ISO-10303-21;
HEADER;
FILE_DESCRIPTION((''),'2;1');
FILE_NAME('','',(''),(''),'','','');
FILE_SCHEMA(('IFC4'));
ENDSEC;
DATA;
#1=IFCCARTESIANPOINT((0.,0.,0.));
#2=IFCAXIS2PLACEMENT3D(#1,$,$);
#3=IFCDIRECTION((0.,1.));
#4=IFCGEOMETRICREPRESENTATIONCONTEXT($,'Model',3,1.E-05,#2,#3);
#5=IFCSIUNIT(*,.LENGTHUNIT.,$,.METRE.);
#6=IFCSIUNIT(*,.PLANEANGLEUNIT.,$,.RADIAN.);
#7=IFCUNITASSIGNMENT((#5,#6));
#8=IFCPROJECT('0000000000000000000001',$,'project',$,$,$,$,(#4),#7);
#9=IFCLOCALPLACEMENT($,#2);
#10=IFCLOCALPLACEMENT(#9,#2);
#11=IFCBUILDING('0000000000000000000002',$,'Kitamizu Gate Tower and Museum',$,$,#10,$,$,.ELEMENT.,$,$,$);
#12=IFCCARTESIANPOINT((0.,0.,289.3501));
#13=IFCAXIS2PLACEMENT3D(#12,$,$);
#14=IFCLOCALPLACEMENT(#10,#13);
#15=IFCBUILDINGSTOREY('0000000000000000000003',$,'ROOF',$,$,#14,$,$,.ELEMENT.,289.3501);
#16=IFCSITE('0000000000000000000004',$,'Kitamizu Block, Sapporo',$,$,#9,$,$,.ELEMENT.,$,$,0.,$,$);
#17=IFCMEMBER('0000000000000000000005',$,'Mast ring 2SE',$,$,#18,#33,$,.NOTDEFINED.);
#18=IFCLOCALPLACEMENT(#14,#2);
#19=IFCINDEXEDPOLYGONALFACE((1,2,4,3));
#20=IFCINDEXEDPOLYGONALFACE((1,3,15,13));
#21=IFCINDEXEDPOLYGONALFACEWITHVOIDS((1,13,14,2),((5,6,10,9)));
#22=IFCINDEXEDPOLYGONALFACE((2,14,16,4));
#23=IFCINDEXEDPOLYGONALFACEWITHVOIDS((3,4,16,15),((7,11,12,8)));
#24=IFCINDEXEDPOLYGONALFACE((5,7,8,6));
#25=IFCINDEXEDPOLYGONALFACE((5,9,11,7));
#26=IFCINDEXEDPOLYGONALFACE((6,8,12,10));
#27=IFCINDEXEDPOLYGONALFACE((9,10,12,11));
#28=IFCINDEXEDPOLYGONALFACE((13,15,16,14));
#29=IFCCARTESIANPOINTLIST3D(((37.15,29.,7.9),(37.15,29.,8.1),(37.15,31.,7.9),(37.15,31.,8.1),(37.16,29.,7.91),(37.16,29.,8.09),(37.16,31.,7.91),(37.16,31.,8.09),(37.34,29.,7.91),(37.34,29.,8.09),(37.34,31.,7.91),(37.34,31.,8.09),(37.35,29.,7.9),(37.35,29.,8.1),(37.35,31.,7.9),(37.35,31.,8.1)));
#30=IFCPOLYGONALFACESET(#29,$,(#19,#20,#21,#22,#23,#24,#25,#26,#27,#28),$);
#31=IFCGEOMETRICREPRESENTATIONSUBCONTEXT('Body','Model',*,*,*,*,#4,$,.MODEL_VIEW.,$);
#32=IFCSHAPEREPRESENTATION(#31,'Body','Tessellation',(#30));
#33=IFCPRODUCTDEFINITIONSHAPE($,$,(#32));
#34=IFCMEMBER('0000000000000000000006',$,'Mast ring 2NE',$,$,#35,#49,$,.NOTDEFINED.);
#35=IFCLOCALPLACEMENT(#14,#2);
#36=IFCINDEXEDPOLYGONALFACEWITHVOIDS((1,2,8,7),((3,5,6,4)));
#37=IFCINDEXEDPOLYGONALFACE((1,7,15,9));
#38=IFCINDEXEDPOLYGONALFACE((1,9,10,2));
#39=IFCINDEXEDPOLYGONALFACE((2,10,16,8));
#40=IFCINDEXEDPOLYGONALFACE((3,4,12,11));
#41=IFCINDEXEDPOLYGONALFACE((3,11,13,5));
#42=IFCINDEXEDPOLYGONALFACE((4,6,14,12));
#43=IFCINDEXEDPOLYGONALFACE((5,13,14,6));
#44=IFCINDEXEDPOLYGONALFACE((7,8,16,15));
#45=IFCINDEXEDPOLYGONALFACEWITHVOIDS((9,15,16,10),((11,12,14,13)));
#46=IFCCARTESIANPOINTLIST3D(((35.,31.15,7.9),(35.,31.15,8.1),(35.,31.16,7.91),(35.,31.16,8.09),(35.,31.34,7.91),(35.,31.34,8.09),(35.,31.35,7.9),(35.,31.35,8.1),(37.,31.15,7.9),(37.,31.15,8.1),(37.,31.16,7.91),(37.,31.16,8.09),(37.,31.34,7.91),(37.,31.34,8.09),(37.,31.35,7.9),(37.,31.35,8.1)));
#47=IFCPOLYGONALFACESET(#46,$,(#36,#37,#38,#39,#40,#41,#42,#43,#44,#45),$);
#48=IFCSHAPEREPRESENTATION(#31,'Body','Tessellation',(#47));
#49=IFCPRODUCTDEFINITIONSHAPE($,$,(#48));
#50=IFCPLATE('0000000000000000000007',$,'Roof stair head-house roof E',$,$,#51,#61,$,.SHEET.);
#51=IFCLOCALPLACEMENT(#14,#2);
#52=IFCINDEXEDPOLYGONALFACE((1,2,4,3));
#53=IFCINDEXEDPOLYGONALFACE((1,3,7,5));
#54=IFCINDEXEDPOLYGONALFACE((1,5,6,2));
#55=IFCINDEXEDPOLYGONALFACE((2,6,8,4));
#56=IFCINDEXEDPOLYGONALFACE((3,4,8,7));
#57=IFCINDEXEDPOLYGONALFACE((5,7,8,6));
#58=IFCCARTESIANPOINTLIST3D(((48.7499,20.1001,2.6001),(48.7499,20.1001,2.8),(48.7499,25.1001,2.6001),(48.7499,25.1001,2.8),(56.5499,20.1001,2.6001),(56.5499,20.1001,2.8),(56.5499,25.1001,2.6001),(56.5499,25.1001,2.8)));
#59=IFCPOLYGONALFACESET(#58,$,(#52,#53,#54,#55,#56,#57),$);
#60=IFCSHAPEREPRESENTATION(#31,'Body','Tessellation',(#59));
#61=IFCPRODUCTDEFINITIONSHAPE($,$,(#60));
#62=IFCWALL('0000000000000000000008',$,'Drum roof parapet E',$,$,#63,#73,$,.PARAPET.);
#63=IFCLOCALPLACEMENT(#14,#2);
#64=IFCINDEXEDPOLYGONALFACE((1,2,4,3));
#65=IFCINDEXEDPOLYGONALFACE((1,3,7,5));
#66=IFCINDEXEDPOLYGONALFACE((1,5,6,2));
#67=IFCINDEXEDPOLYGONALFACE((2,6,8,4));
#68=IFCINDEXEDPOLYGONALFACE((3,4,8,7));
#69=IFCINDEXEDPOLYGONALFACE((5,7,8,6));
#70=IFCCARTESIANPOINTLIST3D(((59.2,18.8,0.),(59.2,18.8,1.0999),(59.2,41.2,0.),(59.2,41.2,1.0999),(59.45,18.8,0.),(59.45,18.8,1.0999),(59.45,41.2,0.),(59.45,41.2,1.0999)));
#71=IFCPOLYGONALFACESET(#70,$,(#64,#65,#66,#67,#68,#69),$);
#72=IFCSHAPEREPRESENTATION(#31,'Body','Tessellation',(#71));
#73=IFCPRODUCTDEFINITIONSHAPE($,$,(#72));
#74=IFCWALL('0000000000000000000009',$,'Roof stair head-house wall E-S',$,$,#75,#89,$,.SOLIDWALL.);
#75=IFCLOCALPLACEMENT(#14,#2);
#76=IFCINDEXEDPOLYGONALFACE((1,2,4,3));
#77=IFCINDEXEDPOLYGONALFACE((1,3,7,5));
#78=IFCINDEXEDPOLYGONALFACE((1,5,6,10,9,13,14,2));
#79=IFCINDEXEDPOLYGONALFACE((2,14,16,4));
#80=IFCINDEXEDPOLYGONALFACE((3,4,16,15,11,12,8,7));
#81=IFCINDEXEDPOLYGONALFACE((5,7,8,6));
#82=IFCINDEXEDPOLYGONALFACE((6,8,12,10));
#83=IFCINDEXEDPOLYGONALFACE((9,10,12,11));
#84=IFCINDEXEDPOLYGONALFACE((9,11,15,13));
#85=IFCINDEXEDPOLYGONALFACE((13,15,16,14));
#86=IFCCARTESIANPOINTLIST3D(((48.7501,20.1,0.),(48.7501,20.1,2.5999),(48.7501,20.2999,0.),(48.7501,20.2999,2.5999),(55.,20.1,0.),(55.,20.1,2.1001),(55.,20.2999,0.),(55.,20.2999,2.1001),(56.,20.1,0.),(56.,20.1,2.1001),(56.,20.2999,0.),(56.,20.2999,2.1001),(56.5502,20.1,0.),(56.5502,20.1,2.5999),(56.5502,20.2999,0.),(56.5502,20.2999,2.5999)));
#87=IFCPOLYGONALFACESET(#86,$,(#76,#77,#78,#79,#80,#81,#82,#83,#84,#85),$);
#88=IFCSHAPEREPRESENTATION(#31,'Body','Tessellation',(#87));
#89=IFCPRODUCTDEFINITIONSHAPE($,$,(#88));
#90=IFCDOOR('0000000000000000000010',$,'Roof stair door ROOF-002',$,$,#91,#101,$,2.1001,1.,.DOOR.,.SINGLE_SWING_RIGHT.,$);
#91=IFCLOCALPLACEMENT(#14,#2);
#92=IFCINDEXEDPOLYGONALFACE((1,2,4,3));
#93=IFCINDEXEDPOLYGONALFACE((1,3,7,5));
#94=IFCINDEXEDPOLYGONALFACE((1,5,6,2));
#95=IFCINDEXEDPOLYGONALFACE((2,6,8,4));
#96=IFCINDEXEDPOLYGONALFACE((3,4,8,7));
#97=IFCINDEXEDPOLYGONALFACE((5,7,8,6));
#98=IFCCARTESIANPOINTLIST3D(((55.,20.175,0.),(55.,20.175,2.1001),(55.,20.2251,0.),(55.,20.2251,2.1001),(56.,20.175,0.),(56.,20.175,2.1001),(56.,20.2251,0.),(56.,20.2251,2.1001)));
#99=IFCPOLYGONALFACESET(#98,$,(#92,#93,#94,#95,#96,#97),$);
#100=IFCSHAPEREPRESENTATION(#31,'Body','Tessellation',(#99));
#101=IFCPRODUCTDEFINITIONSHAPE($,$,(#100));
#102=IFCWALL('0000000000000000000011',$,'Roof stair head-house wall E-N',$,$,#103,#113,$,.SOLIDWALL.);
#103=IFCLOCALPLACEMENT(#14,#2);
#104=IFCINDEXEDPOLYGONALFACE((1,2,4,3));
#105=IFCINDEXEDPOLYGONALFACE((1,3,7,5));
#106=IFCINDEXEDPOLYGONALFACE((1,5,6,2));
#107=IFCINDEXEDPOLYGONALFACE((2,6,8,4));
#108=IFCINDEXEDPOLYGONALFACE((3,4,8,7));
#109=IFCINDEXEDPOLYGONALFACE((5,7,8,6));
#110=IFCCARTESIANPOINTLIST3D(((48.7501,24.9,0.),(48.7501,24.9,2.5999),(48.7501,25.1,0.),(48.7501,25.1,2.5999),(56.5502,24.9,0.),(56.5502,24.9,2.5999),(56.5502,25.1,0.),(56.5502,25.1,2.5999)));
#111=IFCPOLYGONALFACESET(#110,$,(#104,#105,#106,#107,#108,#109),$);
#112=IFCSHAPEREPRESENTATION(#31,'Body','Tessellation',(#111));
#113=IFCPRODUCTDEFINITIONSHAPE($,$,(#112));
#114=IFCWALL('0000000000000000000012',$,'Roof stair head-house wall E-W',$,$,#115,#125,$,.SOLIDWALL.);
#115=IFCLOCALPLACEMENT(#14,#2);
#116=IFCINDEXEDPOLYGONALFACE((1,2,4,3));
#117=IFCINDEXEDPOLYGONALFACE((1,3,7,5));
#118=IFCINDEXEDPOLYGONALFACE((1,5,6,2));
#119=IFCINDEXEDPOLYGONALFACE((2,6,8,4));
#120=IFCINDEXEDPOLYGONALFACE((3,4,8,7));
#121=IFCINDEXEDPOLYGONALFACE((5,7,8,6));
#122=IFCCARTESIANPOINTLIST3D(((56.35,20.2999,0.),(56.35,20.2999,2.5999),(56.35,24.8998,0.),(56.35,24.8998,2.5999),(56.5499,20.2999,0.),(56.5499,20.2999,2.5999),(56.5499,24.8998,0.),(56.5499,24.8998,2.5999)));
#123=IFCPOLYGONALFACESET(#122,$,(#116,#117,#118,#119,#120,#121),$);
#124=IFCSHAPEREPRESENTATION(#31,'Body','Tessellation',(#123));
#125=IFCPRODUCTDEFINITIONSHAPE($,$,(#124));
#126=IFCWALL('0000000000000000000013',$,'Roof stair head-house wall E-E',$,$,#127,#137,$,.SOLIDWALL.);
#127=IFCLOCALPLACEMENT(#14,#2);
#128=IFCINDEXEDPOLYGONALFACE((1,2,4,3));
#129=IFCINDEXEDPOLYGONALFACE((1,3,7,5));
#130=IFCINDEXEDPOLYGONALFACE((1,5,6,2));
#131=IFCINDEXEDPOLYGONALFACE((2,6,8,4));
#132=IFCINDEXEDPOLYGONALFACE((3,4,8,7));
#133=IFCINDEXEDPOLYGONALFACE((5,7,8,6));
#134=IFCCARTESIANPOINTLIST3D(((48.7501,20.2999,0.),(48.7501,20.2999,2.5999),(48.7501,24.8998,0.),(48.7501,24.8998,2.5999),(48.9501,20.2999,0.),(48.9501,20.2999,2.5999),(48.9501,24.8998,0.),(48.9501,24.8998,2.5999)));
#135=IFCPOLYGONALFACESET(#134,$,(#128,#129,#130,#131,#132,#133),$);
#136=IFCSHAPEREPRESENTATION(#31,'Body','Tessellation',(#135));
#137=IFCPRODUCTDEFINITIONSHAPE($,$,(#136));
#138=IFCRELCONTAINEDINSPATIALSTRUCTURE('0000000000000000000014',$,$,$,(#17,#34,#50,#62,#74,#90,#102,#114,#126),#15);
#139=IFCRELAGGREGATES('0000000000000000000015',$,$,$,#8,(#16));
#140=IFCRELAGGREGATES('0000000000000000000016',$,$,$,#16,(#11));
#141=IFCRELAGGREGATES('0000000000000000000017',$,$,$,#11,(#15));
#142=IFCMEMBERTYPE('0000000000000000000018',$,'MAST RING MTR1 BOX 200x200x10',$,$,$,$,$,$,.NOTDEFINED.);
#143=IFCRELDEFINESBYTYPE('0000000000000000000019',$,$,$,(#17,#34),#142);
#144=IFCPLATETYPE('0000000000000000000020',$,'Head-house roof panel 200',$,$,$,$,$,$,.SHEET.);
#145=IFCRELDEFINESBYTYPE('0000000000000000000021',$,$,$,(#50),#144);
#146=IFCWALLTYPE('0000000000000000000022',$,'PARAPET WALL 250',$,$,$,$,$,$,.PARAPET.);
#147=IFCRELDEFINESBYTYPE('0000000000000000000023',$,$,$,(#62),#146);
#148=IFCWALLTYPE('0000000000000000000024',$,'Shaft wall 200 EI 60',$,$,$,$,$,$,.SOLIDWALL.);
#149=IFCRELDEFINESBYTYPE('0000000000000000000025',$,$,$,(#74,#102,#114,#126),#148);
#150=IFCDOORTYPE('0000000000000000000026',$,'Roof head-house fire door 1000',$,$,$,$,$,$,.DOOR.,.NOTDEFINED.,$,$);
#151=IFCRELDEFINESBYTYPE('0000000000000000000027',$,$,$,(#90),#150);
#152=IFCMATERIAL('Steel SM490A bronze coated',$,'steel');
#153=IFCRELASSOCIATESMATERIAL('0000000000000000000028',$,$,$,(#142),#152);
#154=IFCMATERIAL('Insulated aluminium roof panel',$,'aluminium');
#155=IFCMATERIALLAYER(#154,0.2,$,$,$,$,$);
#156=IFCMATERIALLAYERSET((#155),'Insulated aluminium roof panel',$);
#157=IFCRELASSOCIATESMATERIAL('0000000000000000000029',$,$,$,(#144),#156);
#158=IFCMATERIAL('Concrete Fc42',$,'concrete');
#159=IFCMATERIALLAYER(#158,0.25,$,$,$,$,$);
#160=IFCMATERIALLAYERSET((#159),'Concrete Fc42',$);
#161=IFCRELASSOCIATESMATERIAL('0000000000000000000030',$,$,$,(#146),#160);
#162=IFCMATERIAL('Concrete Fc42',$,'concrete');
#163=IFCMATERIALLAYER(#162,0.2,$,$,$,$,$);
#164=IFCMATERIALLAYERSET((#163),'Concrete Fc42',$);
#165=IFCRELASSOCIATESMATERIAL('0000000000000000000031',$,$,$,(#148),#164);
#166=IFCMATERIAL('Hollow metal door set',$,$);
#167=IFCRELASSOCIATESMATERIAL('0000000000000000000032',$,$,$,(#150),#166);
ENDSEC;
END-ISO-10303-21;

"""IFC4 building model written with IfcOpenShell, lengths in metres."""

from ifc_helpers import new_model, si_unit, direction, frame, frame_2d, origin, origin_2d, place, context, subcontext, project, spatial, rectangle, hollow_rectangle, extrude, material, layer, layer_set, material_profile, profile_set, type_object, element, fill, save


model = new_model("IFC4")

# Units and contexts
model_context = context("Model", 3, precision=1e-05, world=origin(), true_north=direction((0.0, 1.0)))
body_context = subcontext(model_context, "Body", "Model", "MODEL_VIEW")
ifc_project = project(units=[si_unit("LENGTHUNIT", "METRE"), si_unit("PLANEANGLEUNIT", "RADIAN")], contexts=[model_context])

# Site, building, storey
site_placement = place(None, origin())
site = spatial("IfcSite", under=ifc_project, at=site_placement, Name="Kitamizu Block, Sapporo", CompositionType="ELEMENT", RefElevation=0.0)
building_placement = place(site_placement, origin())
building = spatial("IfcBuilding", under=site, at=building_placement, Name="Kitamizu Gate Tower and Museum", CompositionType="ELEMENT")
storey_placement = place(building_placement, frame((0.0, 0.0, 289.3501)))
storey = spatial("IfcBuildingStorey", under=building, at=storey_placement, Name="ROOF", CompositionType="ELEMENT", Elevation=289.3501)

# Members
ifc_material_1 = material(Name="Steel SM490A bronze coated", Category="steel")
ifc_material_profile_1 = material_profile(ifc_material_1, hollow_rectangle(XDim=0.2, YDim=0.2, WallThickness=0.01, at=origin_2d()), Name="BOX 200x200x10")
ifc_profile_set_1 = profile_set([ifc_material_profile_1], Name="Steel SM490A bronze coated")
member_type_1 = type_object("IfcMemberType", Name="MAST RING MTR1 BOX 200x200x10", PredefinedType="NOTDEFINED", material=ifc_profile_set_1)
for number, where, z_axis, x_axis, name in (
    (1, (37.25, 29.0, 8.0), (0.0, 1.0, 0.0), (-1.0, 0.0, 0.0), "Mast ring 2SE"),
    (2, (37.0, 31.25, 8.0), (-1.0, 0.0, 0.0), (0.0, -1.0, 0.0), "Mast ring 2NE"),
):
    element("IfcMember", number, at=place(storey_placement, frame(where, z_axis=z_axis, x_axis=x_axis)), inside=storey, type_object=member_type_1, Name=name, PredefinedType="NOTDEFINED", context=body_context, shape_type="SweptSolid", body=[
        extrude(hollow_rectangle(XDim=0.2, YDim=0.2, WallThickness=0.01, at=origin_2d()), origin(), (0.0, 0.0, 1.0), 2.0),
    ])

# Plate
ifc_material_2 = material(Name="Insulated aluminium roof panel", Category="aluminium")
ifc_layer_1 = layer(ifc_material_2, 0.2)
ifc_layer_set_1 = layer_set([ifc_layer_1], Name="Insulated aluminium roof panel")
plate_type = type_object("IfcPlateType", Name="Head-house roof panel 200", PredefinedType="SHEET", material=ifc_layer_set_1)
plate_placement = place(storey_placement, frame((52.6499, 22.6001, 2.6001), z_axis=(0.0, 0.0, 1.0), x_axis=(1.0, 0.0, 0.0)))
element("IfcPlate", 3, at=plate_placement, inside=storey, type_object=plate_type, Name="Roof stair head-house roof E", PredefinedType="SHEET", context=body_context, shape_type="SweptSolid", body=[
    extrude(rectangle(XDim=7.8, YDim=5.0, at=origin_2d()), origin(), (0.0, 0.0, 1.0), 0.2),
])

# Wall
ifc_material_3 = material(Name="Concrete Fc42", Category="concrete")
ifc_layer_2 = layer(ifc_material_3, 0.25)
ifc_layer_set_2 = layer_set([ifc_layer_2], Name="Concrete Fc42")
wall_type_1 = type_object("IfcWallType", Name="PARAPET WALL 250", PredefinedType="PARAPET", material=ifc_layer_set_2)
wall_1_placement = place(storey_placement, frame((59.325, 18.8, 0.0), z_axis=(0.0, 0.0, 1.0), x_axis=(0.0, 1.0, 0.0)))
element("IfcWall", 4, at=wall_1_placement, inside=storey, type_object=wall_type_1, Name="Drum roof parapet E", PredefinedType="PARAPET", context=body_context, shape_type="SweptSolid", body=[
    extrude(rectangle(XDim=22.3999, YDim=0.25, at=frame_2d((11.2, 0.0))), origin(), (0.0, 0.0, 1.0), 1.0999),
])

# Wall, opening, door
ifc_material_4 = material(Name="Concrete Fc42", Category="concrete")
ifc_layer_3 = layer(ifc_material_4, 0.2)
ifc_layer_set_3 = layer_set([ifc_layer_3], Name="Concrete Fc42")
wall_type_2 = type_object("IfcWallType", Name="Shaft wall 200 EI 60", PredefinedType="SOLIDWALL", material=ifc_layer_set_3)
wall_2_placement = place(storey_placement, frame((56.55, 20.2, 0.0), z_axis=(0.0, 0.0, 1.0), x_axis=(-1.0, 0.0, 0.0)))
wall_2 = element("IfcWall", 5, at=wall_2_placement, inside=storey, type_object=wall_type_2, Name="Roof stair head-house wall E-S", PredefinedType="SOLIDWALL", context=body_context, shape_type="SweptSolid", body=[
    extrude(rectangle(XDim=7.8, YDim=0.2, at=frame_2d((3.8999, 0.0))), origin(), (0.0, 0.0, 1.0), 2.5999),
])
opening_placement = place(wall_2_placement, frame((0.55, 0.0, 0.0)))
opening = element("IfcOpeningElement", 6, at=opening_placement, cuts=wall_2, PredefinedType="OPENING", context=body_context, shape_type="SweptSolid", body=[
    extrude(rectangle(XDim=1.0, YDim=2.1001, at=frame_2d((0.5, 1.05))), frame((0.0, 0.1099, 0.0), z_axis=(0.0, -1.0, 0.0), x_axis=(1.0, 0.0, 0.0)), (0.0, 0.0, 1.0), 0.22),
])
ifc_material_5 = material(Name="Hollow metal door set")
door_type = type_object("IfcDoorType", Name="Roof head-house fire door 1000", OperationType="NOTDEFINED", PredefinedType="DOOR", material=ifc_material_5)
door_placement = place(opening_placement, origin())
door = element("IfcDoor", 7, at=door_placement, inside=storey, type_object=door_type, Name="Roof stair door ROOF-002", OperationType="SINGLE_SWING_RIGHT", OverallHeight=2.1001, OverallWidth=1.0, PredefinedType="DOOR", context=body_context, shape_type="SweptSolid", body=[
    extrude(rectangle(XDim=1.0, YDim=2.1001, at=frame_2d((0.5, 1.05))), frame((0.0, 0.0249, 0.0), z_axis=(0.0, -1.0, 0.0), x_axis=(1.0, 0.0, 0.0)), (0.0, 0.0, 1.0), 0.05),
])
fill(opening, door)

# Walls
wall_3_placement = place(storey_placement, frame((56.55, 25.0, 0.0), z_axis=(0.0, 0.0, 1.0), x_axis=(-1.0, 0.0, 0.0)))
element("IfcWall", 8, at=wall_3_placement, inside=storey, type_object=wall_type_2, Name="Roof stair head-house wall E-N", PredefinedType="SOLIDWALL", context=body_context, shape_type="SweptSolid", body=[
    extrude(rectangle(XDim=7.8, YDim=0.2, at=frame_2d((3.8999, 0.0))), origin(), (0.0, 0.0, 1.0), 2.5999),
])
for number, where, z_axis, x_axis, name in (
    (9, (56.45, 20.3, 0.0), (0.0, 0.0, 1.0), (0.0, 1.0, 0.0), "Roof stair head-house wall E-W"),
    (10, (48.8501, 20.3, 0.0), (0.0, 0.0, 1.0), (0.0, 1.0, 0.0), "Roof stair head-house wall E-E"),
):
    element("IfcWall", number, at=place(storey_placement, frame(where, z_axis=z_axis, x_axis=x_axis)), inside=storey, type_object=wall_type_2, Name=name, PredefinedType="SOLIDWALL", context=body_context, shape_type="SweptSolid", body=[
        extrude(rectangle(XDim=4.5999, YDim=0.2, at=frame_2d((2.2998, 0.0))), origin(), (0.0, 0.0, 1.0), 2.5999),
    ])

save(model, "model.ifc")
